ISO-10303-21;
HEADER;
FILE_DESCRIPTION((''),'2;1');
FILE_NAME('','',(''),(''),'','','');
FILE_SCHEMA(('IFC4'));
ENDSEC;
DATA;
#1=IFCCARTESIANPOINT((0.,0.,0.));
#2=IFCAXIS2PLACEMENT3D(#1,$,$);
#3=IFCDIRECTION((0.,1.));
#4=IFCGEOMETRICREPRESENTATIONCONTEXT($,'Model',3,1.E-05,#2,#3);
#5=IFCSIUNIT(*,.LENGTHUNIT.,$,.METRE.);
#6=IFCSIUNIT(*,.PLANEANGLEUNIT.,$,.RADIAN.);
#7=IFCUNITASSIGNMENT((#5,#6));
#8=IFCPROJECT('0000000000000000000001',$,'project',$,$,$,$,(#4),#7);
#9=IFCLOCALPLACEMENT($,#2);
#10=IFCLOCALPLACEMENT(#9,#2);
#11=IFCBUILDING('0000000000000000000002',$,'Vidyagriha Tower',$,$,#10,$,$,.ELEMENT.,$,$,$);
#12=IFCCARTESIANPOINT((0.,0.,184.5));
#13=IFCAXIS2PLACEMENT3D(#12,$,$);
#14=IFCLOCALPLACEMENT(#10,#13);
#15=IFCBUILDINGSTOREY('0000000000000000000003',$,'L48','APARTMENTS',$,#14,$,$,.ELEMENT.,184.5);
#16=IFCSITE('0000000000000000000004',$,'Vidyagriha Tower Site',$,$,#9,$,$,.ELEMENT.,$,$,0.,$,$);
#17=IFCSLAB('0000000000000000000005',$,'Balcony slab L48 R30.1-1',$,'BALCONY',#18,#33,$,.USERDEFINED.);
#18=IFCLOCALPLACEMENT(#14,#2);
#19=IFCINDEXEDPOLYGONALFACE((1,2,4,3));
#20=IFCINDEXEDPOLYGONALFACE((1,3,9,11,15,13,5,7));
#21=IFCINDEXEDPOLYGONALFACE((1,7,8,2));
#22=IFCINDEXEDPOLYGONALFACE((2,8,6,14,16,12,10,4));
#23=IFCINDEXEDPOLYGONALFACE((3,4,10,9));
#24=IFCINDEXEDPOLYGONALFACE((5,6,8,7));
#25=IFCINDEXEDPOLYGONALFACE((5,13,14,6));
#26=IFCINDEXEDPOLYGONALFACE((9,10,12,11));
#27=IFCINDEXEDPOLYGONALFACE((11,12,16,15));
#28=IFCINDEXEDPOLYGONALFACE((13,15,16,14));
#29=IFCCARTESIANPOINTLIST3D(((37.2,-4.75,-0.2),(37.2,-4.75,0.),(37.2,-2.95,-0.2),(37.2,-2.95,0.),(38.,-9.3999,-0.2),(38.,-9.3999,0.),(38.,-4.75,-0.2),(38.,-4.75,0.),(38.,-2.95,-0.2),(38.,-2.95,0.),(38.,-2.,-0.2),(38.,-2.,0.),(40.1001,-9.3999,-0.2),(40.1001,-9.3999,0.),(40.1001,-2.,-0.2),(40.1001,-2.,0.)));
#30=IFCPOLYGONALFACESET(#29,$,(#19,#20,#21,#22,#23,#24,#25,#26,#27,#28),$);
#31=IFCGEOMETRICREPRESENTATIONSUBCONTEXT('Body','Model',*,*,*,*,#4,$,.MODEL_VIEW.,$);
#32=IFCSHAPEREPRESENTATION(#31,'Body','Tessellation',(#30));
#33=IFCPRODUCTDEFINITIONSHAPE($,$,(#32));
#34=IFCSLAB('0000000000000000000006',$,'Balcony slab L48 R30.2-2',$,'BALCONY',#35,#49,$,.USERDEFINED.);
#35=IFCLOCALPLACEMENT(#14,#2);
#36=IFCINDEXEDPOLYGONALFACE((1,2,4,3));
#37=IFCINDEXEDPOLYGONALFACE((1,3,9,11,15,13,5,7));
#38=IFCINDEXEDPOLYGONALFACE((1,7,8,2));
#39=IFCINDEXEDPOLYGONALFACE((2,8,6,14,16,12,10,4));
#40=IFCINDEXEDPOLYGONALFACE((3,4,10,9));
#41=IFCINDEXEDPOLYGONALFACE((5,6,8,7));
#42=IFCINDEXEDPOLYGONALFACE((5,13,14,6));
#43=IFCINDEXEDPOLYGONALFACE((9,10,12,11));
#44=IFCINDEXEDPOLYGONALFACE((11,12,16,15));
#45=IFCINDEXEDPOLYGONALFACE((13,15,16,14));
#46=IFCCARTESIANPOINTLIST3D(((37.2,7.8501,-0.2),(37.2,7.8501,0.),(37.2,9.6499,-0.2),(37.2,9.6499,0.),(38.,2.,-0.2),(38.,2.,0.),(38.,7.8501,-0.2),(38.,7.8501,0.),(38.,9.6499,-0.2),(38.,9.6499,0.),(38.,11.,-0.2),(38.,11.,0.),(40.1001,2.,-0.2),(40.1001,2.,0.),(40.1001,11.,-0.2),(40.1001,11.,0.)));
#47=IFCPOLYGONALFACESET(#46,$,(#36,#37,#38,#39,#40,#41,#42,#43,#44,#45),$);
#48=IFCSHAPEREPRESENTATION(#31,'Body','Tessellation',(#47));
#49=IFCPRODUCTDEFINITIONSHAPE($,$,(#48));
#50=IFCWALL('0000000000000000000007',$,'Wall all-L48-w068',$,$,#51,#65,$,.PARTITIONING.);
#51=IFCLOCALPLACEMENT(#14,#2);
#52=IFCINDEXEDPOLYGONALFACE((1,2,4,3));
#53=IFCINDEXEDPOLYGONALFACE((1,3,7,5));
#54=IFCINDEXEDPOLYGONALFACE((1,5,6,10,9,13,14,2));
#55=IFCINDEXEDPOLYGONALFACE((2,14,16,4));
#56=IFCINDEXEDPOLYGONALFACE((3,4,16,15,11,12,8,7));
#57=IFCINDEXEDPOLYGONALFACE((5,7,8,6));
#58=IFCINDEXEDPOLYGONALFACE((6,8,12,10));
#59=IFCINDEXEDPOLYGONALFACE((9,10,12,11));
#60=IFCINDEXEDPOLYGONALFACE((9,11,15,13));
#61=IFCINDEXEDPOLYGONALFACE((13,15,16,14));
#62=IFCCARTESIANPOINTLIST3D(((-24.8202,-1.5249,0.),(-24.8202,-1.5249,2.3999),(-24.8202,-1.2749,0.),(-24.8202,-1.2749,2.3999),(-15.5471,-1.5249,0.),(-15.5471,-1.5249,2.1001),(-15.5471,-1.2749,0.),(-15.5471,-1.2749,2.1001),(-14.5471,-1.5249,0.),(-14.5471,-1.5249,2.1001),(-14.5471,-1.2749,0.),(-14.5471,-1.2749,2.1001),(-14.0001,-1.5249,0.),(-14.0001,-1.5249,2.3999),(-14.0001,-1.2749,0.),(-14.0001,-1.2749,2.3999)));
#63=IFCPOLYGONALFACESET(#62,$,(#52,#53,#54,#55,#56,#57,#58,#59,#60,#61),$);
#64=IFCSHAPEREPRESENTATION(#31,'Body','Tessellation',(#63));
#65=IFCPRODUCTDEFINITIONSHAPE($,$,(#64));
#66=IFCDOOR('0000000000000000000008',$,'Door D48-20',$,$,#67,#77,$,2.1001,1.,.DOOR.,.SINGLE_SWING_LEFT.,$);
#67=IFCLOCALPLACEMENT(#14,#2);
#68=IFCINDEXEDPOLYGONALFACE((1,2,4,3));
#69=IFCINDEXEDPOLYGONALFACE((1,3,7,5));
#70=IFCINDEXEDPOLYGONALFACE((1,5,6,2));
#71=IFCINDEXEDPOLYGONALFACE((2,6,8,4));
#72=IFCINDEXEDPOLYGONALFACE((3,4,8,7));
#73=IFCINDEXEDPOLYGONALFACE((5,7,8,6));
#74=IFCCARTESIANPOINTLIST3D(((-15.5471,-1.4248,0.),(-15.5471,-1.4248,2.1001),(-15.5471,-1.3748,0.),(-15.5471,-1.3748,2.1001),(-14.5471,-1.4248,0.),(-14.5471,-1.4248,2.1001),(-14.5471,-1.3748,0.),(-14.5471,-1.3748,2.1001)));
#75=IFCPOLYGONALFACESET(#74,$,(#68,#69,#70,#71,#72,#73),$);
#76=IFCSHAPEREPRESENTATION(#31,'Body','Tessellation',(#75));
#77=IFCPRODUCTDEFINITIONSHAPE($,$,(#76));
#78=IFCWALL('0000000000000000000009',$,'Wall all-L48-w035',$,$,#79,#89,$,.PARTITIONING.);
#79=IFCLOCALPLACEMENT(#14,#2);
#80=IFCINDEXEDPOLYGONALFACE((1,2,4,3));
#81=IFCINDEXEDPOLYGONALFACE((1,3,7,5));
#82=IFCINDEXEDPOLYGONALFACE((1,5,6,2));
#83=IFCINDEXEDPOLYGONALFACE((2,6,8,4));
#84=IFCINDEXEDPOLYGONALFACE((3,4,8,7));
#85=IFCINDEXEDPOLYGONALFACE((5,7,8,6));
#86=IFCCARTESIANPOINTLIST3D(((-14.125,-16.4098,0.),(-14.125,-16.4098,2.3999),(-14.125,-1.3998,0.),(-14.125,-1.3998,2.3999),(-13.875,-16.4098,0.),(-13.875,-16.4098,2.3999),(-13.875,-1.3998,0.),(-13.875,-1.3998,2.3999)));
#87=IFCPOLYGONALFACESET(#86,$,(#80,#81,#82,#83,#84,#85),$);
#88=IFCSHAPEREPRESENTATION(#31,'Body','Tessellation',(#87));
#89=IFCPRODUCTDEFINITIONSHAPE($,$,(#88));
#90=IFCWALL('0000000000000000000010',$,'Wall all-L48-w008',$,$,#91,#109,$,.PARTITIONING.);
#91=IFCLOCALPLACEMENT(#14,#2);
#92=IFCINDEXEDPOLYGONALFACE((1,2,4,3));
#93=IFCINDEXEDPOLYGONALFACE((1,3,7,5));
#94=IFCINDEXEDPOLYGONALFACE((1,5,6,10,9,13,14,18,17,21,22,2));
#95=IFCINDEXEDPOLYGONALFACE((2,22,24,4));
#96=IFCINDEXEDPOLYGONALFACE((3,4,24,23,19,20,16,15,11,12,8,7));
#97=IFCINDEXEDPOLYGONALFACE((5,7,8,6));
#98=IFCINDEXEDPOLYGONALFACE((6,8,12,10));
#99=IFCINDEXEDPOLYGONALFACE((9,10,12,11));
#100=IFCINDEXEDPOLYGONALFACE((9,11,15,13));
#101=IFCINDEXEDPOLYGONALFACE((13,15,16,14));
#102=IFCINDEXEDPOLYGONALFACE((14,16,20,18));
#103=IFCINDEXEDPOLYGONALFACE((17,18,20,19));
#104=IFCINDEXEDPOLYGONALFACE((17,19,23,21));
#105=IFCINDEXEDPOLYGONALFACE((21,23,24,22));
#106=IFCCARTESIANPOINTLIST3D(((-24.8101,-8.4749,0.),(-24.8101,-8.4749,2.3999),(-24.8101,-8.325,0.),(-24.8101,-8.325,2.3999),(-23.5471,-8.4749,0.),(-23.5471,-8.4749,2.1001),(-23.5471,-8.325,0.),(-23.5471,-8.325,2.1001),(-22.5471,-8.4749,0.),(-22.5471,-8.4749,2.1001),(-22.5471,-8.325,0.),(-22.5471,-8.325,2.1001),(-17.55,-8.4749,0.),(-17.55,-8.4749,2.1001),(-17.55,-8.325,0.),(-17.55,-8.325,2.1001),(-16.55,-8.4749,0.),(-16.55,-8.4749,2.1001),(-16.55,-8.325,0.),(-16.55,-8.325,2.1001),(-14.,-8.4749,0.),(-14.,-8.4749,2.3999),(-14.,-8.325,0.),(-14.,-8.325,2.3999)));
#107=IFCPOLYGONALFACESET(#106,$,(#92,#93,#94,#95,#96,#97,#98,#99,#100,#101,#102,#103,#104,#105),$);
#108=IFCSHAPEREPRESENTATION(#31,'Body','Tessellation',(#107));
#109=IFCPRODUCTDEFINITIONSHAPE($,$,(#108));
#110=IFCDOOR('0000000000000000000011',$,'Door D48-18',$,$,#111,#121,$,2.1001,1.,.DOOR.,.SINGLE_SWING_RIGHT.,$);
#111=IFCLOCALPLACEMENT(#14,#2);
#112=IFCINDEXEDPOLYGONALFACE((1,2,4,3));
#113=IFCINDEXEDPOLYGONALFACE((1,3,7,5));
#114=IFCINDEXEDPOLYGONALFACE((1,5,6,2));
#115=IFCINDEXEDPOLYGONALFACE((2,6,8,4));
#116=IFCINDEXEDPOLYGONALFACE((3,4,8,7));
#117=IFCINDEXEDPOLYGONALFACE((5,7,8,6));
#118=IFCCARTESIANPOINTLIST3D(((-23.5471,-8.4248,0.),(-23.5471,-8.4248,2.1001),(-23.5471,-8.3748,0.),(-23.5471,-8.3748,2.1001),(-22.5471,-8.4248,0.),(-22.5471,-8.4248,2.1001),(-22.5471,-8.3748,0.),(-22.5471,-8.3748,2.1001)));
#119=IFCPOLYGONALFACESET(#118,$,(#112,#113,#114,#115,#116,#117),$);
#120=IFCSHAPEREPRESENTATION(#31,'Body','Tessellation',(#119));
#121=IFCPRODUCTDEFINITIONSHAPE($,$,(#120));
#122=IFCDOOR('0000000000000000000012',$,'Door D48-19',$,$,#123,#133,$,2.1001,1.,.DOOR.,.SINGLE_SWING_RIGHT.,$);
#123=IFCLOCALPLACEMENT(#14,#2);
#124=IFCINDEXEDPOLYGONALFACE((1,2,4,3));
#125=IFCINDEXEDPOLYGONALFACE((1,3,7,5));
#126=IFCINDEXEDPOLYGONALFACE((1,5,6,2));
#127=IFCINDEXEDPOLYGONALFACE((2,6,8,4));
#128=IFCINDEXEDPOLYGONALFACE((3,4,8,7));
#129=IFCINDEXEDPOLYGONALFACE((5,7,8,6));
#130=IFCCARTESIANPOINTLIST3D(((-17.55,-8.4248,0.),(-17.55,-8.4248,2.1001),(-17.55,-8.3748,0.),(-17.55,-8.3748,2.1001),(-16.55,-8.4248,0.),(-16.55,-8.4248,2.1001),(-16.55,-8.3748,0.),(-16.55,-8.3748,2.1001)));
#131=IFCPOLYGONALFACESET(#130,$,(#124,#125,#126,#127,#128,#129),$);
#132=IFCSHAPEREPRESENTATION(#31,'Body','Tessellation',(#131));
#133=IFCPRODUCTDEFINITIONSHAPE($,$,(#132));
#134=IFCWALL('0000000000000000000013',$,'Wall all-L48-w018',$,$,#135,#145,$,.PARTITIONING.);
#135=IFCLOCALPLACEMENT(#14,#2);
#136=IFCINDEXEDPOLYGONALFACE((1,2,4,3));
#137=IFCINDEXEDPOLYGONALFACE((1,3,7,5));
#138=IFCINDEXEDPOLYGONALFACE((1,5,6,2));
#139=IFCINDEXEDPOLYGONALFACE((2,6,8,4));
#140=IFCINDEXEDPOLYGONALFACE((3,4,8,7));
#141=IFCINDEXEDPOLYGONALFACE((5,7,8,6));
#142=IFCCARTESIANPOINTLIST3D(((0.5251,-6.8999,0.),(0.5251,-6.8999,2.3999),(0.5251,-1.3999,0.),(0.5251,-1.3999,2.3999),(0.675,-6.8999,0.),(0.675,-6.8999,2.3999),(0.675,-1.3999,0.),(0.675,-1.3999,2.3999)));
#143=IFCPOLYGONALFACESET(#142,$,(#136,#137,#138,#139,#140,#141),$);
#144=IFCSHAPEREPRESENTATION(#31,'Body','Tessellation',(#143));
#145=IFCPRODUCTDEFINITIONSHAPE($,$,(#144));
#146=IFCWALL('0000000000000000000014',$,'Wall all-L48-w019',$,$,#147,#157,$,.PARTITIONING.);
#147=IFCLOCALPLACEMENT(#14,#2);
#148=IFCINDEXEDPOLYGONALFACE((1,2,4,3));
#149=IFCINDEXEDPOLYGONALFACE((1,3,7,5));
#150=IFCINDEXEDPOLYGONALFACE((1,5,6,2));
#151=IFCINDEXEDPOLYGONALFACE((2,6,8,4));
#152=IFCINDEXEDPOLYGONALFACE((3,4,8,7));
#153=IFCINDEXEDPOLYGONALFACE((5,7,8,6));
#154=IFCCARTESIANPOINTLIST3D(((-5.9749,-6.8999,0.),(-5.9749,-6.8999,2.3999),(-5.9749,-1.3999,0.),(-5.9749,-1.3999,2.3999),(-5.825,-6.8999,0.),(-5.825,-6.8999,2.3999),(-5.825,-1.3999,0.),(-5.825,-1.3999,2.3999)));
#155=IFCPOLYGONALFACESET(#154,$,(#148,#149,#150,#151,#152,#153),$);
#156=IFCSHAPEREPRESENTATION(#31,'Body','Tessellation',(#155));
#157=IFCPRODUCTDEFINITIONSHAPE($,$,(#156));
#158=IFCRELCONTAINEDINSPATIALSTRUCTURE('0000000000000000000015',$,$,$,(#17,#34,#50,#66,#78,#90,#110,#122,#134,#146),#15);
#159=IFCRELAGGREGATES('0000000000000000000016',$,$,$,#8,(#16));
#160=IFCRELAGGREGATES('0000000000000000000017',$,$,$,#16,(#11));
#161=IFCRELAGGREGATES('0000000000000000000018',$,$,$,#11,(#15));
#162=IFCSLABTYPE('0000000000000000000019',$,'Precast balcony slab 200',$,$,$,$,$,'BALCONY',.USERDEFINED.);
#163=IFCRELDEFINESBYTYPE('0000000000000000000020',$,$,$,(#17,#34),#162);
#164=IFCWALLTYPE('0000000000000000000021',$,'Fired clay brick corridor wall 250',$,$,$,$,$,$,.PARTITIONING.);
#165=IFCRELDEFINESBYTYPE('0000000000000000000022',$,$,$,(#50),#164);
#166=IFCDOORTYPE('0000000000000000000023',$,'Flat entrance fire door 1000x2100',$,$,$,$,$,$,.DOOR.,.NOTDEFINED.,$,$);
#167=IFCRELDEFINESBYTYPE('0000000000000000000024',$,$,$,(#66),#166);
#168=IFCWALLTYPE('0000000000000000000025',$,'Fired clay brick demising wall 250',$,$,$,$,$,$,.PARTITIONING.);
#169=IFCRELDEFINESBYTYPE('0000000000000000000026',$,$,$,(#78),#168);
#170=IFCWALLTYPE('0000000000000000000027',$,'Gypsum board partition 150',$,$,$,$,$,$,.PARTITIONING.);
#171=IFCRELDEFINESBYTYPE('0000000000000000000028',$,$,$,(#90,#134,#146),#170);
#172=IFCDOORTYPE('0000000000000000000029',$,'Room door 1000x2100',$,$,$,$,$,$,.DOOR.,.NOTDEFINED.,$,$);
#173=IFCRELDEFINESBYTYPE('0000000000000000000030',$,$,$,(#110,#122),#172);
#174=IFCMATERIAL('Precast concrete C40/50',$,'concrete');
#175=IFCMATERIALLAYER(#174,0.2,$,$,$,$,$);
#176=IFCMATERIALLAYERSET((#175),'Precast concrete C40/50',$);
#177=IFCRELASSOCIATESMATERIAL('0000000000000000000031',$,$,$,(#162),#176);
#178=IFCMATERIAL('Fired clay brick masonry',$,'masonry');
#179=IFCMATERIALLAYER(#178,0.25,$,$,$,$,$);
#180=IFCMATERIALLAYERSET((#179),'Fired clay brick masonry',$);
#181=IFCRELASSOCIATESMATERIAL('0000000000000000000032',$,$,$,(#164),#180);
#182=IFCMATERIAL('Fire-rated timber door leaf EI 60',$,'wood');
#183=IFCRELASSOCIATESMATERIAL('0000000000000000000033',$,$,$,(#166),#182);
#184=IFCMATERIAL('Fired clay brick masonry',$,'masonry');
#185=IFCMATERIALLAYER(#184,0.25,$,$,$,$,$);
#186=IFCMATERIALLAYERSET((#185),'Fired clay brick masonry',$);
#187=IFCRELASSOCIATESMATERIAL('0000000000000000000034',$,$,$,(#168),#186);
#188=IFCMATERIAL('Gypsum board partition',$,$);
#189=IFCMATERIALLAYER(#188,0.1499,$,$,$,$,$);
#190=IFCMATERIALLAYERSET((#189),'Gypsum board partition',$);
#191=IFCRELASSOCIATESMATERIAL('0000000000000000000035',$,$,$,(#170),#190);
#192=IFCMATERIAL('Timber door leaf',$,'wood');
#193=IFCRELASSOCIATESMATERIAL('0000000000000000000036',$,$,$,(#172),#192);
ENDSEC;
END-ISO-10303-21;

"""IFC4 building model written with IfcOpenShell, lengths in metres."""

from ifc_helpers import new_model, si_unit, direction, frame, frame_2d, origin, place, context, subcontext, project, spatial, polyline, rectangle, outline, extrude, material, layer, layer_set, type_object, element, fill, save


model = new_model("IFC4")

# Units and contexts
model_context = context("Model", 3, precision=1e-05, world=origin(), true_north=direction((0.0, 1.0)))
body_context = subcontext(model_context, "Body", "Model", "MODEL_VIEW")
ifc_project = project(units=[si_unit("LENGTHUNIT", "METRE"), si_unit("PLANEANGLEUNIT", "RADIAN")], contexts=[model_context])

# Site, building, storey
site_placement = place(None, origin())
site = spatial("IfcSite", under=ifc_project, at=site_placement, Name="Vidyagriha Tower Site", CompositionType="ELEMENT", RefElevation=0.0)
building_placement = place(site_placement, origin())
building = spatial("IfcBuilding", under=site, at=building_placement, Name="Vidyagriha Tower", CompositionType="ELEMENT")
storey_placement = place(building_placement, frame((0.0, 0.0, 184.5)))
storey = spatial("IfcBuildingStorey", under=building, at=storey_placement, Name="L48", Description="APARTMENTS", CompositionType="ELEMENT", Elevation=184.5)

# Slabs
ifc_material_1 = material(Name="Precast concrete C40/50", Category="concrete")
ifc_layer_1 = layer(ifc_material_1, 0.2)
ifc_layer_set_1 = layer_set([ifc_layer_1], Name="Precast concrete C40/50")
slab_type_1 = type_object("IfcSlabType", Name="Precast balcony slab 200", ElementType="BALCONY", PredefinedType="USERDEFINED", material=ifc_layer_set_1)
slab_1_placement = place(storey_placement, frame((0.0, 0.0, -0.2)))
element("IfcSlab", 1, at=slab_1_placement, inside=storey, type_object=slab_type_1, Name="Balcony slab L48 R30.1-1", ObjectType="BALCONY", PredefinedType="USERDEFINED", context=body_context, shape_type="SweptSolid", body=[
    extrude(outline(polyline([(38.0, -4.75), (38.0, -9.3999), (40.1001, -9.3999), (40.1001, -2.0), (38.0, -2.0), (38.0, -2.95), (37.2, -2.95), (37.2, -4.75), (38.0, -4.75)])), origin(), (0.0, 0.0, 1.0), 0.2),
])
slab_2_placement = place(storey_placement, frame((0.0, 0.0, -0.2)))
element("IfcSlab", 2, at=slab_2_placement, inside=storey, type_object=slab_type_1, Name="Balcony slab L48 R30.2-2", ObjectType="BALCONY", PredefinedType="USERDEFINED", context=body_context, shape_type="SweptSolid", body=[
    extrude(outline(polyline([(38.0, 7.8501), (38.0, 2.0), (40.1001, 2.0), (40.1001, 11.0), (38.0, 11.0), (38.0, 9.6499), (37.2, 9.6499), (37.2, 7.8501), (38.0, 7.8501)])), origin(), (0.0, 0.0, 1.0), 0.2),
])

# Wall, opening, door
ifc_material_2 = material(Name="Fired clay brick masonry", Category="masonry")
ifc_layer_2 = layer(ifc_material_2, 0.25)
ifc_layer_set_2 = layer_set([ifc_layer_2], Name="Fired clay brick masonry")
wall_type_1 = type_object("IfcWallType", Name="Fired clay brick corridor wall 250", PredefinedType="PARTITIONING", material=ifc_layer_set_2)
wall_1_placement = place(storey_placement, frame((-14.0, -1.3999, 0.0), z_axis=(0.0, 0.0, 1.0), x_axis=(-1.0, 0.0, 0.0)))
wall_1 = element("IfcWall", 3, at=wall_1_placement, inside=storey, type_object=wall_type_1, Name="Wall all-L48-w068", PredefinedType="PARTITIONING", context=body_context, shape_type="SweptSolid", body=[
    extrude(rectangle(XDim=10.8201, YDim=0.25, at=frame_2d((5.4102, 0.0))), origin(), (0.0, 0.0, 1.0), 2.3999),
])
opening_1_placement = place(wall_1_placement, frame((0.5471, 0.0, 0.0)))
opening_1 = element("IfcOpeningElement", 4, at=opening_1_placement, cuts=wall_1, PredefinedType="OPENING", context=body_context, shape_type="SweptSolid", body=[
    extrude(rectangle(XDim=1.0, YDim=2.1001, at=frame_2d((0.5, 1.05))), frame((0.0, 0.135, 0.0), z_axis=(0.0, -1.0, 0.0), x_axis=(1.0, 0.0, 0.0)), (0.0, 0.0, 1.0), 0.27),
])
ifc_material_3 = material(Name="Fire-rated timber door leaf EI 60", Category="wood")
door_type_1 = type_object("IfcDoorType", Name="Flat entrance fire door 1000x2100", OperationType="NOTDEFINED", PredefinedType="DOOR", material=ifc_material_3)
door_1_placement = place(opening_1_placement, origin())
door_1 = element("IfcDoor", 5, at=door_1_placement, inside=storey, type_object=door_type_1, Name="Door D48-20", OperationType="SINGLE_SWING_LEFT", OverallHeight=2.1001, OverallWidth=1.0, PredefinedType="DOOR", context=body_context, shape_type="SweptSolid", body=[
    extrude(rectangle(XDim=1.0, YDim=2.1001, at=frame_2d((0.5, 1.05))), frame((0.0, 0.0249, 0.0), z_axis=(0.0, -1.0, 0.0), x_axis=(1.0, 0.0, 0.0)), (0.0, 0.0, 1.0), 0.05),
])
fill(opening_1, door_1)

# Wall
ifc_material_4 = material(Name="Fired clay brick masonry", Category="masonry")
ifc_layer_3 = layer(ifc_material_4, 0.25)
ifc_layer_set_3 = layer_set([ifc_layer_3], Name="Fired clay brick masonry")
wall_type_2 = type_object("IfcWallType", Name="Fired clay brick demising wall 250", PredefinedType="PARTITIONING", material=ifc_layer_set_3)
wall_2_placement = place(storey_placement, frame((-14.0, -1.3999, 0.0), z_axis=(0.0, 0.0, 1.0), x_axis=(0.0, -1.0, 0.0)))
element("IfcWall", 6, at=wall_2_placement, inside=storey, type_object=wall_type_2, Name="Wall all-L48-w035", PredefinedType="PARTITIONING", context=body_context, shape_type="SweptSolid", body=[
    extrude(rectangle(XDim=15.01, YDim=0.25, at=frame_2d((7.5049, 0.0))), origin(), (0.0, 0.0, 1.0), 2.3999),
])

# Wall, openings, doors
ifc_material_5 = material(Name="Gypsum board partition")
ifc_layer_4 = layer(ifc_material_5, 0.1499)
ifc_layer_set_4 = layer_set([ifc_layer_4], Name="Gypsum board partition")
wall_type_3 = type_object("IfcWallType", Name="Gypsum board partition 150", PredefinedType="PARTITIONING", material=ifc_layer_set_4)
wall_3_placement = place(storey_placement, frame((-14.0, -8.3999, 0.0), z_axis=(0.0, 0.0, 1.0), x_axis=(-1.0, 0.0, 0.0)))
wall_3 = element("IfcWall", 7, at=wall_3_placement, inside=storey, type_object=wall_type_3, Name="Wall all-L48-w008", PredefinedType="PARTITIONING", context=body_context, shape_type="SweptSolid", body=[
    extrude(rectangle(XDim=10.8101, YDim=0.1499, at=frame_2d((5.405, 0.0))), origin(), (0.0, 0.0, 1.0), 2.3999),
])
opening_2_placement = place(wall_3_placement, frame((8.5471, 0.0, 0.0)))
opening_2 = element("IfcOpeningElement", 8, at=opening_2_placement, cuts=wall_3, PredefinedType="OPENING", context=body_context, shape_type="SweptSolid", body=[
    extrude(rectangle(XDim=1.0, YDim=2.1001, at=frame_2d((0.5, 1.05))), frame((0.0, 0.085, 0.0), z_axis=(0.0, -1.0, 0.0), x_axis=(1.0, 0.0, 0.0)), (0.0, 0.0, 1.0), 0.1699),
])
opening_3_placement = place(wall_3_placement, frame((2.55, 0.0, 0.0)))
opening_3 = element("IfcOpeningElement", 9, at=opening_3_placement, cuts=wall_3, PredefinedType="OPENING", context=body_context, shape_type="SweptSolid", body=[
    extrude(rectangle(XDim=1.0, YDim=2.1001, at=frame_2d((0.5, 1.05))), frame((0.0, 0.085, 0.0), z_axis=(0.0, -1.0, 0.0), x_axis=(1.0, 0.0, 0.0)), (0.0, 0.0, 1.0), 0.1699),
])
ifc_material_6 = material(Name="Timber door leaf", Category="wood")
door_type_2 = type_object("IfcDoorType", Name="Room door 1000x2100", OperationType="NOTDEFINED", PredefinedType="DOOR", material=ifc_material_6)
door_2_placement = place(opening_2_placement, origin())
door_2 = element("IfcDoor", 10, at=door_2_placement, inside=storey, type_object=door_type_2, Name="Door D48-18", OperationType="SINGLE_SWING_RIGHT", OverallHeight=2.1001, OverallWidth=1.0, PredefinedType="DOOR", context=body_context, shape_type="SweptSolid", body=[
    extrude(rectangle(XDim=1.0, YDim=2.1001, at=frame_2d((0.5, 1.05))), frame((0.0, 0.0249, 0.0), z_axis=(0.0, -1.0, 0.0), x_axis=(1.0, 0.0, 0.0)), (0.0, 0.0, 1.0), 0.05),
])
fill(opening_2, door_2)
door_3_placement = place(opening_3_placement, origin())
door_3 = element("IfcDoor", 11, at=door_3_placement, inside=storey, type_object=door_type_2, Name="Door D48-19", OperationType="SINGLE_SWING_RIGHT", OverallHeight=2.1001, OverallWidth=1.0, PredefinedType="DOOR", context=body_context, shape_type="SweptSolid", body=[
    extrude(rectangle(XDim=1.0, YDim=2.1001, at=frame_2d((0.5, 1.05))), frame((0.0, 0.0249, 0.0), z_axis=(0.0, -1.0, 0.0), x_axis=(1.0, 0.0, 0.0)), (0.0, 0.0, 1.0), 0.05),
])
fill(opening_3, door_3)

# Walls
for number, where, z_axis, x_axis, name in (
    (12, (0.6001, -6.8999, 0.0), (0.0, 0.0, 1.0), (0.0, 1.0, 0.0), "Wall all-L48-w018"),
    (13, (-5.8999, -6.8999, 0.0), (0.0, 0.0, 1.0), (0.0, 1.0, 0.0), "Wall all-L48-w019"),
):
    element("IfcWall", number, at=place(storey_placement, frame(where, z_axis=z_axis, x_axis=x_axis)), inside=storey, type_object=wall_type_3, Name=name, PredefinedType="PARTITIONING", context=body_context, shape_type="SweptSolid", body=[
        extrude(rectangle(XDim=5.5, YDim=0.1499, at=frame_2d((2.75, 0.0))), origin(), (0.0, 0.0, 1.0), 2.3999),
    ])

save(model, "model.ifc")
